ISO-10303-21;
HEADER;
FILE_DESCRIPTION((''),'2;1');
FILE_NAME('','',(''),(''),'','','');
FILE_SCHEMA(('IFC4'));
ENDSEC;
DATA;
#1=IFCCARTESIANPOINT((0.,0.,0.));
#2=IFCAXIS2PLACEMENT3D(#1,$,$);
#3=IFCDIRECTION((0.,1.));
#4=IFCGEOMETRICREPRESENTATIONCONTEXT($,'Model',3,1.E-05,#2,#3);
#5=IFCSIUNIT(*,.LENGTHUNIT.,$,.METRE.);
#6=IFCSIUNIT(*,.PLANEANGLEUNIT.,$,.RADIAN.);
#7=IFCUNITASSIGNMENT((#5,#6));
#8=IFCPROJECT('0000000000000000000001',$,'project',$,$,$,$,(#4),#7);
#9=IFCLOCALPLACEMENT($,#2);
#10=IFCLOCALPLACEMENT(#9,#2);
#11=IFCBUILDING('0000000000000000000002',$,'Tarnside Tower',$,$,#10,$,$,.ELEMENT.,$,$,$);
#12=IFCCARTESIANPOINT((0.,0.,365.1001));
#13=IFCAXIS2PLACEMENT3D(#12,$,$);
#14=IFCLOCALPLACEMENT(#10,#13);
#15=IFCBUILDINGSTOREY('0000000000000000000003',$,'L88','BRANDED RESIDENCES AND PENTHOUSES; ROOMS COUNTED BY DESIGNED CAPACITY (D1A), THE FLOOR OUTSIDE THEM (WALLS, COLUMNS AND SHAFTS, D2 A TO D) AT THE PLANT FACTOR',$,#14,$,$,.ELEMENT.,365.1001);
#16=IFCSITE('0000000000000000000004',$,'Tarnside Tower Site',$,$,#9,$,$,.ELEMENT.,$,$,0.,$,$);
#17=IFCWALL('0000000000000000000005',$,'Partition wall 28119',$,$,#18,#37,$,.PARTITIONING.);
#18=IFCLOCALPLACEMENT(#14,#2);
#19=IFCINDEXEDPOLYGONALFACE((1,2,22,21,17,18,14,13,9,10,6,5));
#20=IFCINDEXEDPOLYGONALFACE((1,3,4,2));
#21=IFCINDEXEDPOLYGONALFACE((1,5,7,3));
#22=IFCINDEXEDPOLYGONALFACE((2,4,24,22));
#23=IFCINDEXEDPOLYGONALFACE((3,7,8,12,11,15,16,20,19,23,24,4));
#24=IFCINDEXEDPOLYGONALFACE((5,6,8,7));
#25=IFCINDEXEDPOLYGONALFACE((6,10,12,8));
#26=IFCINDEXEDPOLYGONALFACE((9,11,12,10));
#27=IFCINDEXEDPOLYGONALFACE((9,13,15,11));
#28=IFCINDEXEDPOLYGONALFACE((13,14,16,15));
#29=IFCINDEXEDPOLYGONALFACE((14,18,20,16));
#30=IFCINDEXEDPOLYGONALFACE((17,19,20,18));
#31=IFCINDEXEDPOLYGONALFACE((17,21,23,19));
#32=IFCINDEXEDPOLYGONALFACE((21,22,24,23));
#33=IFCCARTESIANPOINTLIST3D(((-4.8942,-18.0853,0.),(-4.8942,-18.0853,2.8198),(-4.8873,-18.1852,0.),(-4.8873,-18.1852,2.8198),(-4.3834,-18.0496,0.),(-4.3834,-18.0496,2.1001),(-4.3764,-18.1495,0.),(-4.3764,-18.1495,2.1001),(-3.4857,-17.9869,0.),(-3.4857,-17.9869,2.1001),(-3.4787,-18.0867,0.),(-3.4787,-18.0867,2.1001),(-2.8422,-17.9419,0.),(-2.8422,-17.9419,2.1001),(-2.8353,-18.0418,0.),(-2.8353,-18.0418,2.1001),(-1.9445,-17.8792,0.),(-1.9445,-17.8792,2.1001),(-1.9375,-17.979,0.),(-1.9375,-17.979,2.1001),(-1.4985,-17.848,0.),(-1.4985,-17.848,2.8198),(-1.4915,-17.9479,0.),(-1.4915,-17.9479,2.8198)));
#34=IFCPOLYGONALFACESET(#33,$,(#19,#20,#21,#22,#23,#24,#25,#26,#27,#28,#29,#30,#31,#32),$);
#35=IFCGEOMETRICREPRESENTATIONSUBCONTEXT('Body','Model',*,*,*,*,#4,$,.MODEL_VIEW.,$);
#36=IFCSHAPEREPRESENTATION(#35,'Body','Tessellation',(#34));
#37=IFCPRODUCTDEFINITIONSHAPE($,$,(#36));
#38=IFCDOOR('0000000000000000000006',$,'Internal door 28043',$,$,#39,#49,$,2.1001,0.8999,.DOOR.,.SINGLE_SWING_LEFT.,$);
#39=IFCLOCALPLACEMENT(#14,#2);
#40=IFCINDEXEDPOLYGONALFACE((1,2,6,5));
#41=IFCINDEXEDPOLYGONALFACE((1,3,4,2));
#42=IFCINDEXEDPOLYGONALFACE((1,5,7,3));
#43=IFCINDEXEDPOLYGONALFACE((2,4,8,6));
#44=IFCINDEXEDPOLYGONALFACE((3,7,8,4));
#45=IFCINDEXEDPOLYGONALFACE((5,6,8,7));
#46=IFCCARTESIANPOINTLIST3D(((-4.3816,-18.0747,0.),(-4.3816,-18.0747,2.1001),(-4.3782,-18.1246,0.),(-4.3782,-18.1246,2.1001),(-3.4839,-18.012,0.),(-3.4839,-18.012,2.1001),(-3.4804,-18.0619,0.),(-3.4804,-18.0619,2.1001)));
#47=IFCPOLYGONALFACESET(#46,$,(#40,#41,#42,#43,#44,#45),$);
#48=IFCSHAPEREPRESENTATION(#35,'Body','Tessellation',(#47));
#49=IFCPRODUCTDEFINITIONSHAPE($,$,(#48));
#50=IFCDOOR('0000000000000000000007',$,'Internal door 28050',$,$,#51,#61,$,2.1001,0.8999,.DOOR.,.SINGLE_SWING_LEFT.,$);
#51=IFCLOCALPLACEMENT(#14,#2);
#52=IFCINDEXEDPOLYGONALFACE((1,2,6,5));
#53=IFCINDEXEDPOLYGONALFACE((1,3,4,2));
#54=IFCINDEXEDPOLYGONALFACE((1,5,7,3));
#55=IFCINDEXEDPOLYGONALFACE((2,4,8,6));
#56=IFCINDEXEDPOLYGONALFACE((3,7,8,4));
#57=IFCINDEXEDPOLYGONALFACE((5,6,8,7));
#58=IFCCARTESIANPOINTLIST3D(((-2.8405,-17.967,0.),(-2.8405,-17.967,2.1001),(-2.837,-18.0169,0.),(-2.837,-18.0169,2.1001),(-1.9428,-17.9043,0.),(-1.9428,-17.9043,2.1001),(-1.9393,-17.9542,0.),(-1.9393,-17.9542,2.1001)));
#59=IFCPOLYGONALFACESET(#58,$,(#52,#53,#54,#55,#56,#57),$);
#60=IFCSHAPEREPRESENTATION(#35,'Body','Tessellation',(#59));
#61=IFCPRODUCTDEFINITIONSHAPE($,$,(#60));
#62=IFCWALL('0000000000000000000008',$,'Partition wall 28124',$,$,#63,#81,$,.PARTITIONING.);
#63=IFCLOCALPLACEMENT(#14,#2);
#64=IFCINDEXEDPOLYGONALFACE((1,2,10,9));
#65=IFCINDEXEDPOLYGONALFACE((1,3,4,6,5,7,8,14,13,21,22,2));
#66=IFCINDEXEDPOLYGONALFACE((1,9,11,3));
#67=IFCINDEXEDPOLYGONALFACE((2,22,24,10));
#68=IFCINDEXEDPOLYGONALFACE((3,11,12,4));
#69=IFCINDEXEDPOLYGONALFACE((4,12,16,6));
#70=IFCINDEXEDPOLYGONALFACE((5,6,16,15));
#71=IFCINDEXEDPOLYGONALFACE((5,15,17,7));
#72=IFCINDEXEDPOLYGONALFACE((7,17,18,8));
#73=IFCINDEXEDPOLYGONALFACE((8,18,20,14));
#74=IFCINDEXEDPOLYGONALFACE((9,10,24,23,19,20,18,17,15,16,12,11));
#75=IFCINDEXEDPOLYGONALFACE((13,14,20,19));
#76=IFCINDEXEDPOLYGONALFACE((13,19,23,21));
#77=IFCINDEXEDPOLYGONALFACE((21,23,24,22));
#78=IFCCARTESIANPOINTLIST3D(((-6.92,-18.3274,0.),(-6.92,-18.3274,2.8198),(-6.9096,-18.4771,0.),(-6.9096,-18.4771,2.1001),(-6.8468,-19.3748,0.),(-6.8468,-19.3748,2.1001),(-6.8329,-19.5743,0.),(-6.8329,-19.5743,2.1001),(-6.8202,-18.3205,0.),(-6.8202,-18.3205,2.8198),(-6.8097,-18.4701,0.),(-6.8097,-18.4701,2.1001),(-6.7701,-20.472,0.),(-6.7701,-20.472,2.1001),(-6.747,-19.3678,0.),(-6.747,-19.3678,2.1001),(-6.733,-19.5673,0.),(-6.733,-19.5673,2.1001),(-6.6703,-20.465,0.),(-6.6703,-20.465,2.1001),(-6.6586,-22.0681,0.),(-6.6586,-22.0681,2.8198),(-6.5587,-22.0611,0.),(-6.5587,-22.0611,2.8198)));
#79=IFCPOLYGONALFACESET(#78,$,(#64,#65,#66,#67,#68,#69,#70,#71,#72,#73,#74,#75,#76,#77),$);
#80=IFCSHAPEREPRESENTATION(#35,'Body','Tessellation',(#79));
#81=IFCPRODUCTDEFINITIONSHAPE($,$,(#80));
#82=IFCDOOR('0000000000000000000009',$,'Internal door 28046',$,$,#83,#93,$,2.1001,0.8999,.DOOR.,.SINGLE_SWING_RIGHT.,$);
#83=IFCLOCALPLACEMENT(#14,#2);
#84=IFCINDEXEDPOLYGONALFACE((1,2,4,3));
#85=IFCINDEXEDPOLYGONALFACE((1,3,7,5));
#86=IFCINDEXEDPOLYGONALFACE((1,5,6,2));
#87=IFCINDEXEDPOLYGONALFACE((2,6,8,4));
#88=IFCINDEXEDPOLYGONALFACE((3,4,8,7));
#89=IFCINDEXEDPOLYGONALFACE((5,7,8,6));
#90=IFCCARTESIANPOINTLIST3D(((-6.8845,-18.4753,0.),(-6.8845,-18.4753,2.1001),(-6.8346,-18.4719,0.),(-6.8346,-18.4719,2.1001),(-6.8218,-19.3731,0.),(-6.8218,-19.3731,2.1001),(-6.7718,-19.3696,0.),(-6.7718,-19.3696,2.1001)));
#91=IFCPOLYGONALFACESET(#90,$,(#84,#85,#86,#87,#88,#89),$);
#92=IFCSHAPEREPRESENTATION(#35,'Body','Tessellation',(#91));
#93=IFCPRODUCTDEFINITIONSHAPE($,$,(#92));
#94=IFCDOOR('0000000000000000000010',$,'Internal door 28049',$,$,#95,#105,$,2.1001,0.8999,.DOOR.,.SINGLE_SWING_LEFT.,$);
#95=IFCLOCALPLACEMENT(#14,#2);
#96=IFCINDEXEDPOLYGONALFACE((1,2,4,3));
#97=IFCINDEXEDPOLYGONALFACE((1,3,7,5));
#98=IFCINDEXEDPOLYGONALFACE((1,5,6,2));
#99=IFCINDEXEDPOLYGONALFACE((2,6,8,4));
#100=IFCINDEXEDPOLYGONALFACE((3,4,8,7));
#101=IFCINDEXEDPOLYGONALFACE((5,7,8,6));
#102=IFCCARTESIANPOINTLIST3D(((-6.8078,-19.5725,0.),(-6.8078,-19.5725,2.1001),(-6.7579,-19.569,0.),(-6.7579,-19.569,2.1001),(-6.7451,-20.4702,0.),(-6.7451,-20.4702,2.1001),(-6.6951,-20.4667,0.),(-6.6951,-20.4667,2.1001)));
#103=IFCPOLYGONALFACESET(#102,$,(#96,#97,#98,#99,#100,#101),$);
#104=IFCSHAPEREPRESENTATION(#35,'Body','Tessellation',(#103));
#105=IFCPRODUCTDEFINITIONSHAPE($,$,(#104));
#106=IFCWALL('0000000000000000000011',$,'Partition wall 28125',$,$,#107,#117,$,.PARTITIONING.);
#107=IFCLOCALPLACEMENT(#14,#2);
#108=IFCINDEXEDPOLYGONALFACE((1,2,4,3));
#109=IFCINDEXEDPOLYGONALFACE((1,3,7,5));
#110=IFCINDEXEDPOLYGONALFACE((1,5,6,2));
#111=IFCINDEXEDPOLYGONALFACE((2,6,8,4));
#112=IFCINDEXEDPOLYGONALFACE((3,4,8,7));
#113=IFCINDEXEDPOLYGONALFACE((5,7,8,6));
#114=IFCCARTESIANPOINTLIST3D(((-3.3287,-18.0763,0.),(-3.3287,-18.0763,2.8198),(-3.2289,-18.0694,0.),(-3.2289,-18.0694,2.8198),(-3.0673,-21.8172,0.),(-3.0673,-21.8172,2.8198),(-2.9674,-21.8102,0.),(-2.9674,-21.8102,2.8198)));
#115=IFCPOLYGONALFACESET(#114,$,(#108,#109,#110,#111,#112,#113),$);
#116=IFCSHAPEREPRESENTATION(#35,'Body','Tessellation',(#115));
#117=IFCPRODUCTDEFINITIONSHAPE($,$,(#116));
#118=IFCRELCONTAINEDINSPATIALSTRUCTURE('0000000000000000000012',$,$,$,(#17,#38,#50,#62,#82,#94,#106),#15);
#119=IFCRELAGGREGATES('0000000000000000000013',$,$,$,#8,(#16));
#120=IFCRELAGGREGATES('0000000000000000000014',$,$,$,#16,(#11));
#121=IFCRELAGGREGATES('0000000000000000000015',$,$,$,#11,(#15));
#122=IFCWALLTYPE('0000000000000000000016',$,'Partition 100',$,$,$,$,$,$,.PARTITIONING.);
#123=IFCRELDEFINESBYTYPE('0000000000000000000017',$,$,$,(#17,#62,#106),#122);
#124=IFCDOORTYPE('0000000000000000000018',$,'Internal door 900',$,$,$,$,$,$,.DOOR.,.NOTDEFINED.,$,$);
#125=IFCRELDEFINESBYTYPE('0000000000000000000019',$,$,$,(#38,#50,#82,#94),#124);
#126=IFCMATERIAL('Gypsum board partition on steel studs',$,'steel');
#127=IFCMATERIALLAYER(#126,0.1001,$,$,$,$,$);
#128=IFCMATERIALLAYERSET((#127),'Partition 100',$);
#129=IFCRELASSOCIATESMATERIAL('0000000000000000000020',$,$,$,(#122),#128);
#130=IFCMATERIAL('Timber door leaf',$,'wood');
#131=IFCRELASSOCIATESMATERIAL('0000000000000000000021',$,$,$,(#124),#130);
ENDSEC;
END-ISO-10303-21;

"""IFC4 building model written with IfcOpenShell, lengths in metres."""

from ifc_helpers import new_model, si_unit, direction, frame, frame_2d, origin, place, context, subcontext, project, spatial, rectangle, extrude, material, layer, layer_set, type_object, element, fill, save


model = new_model("IFC4")

# Units and contexts
model_context = context("Model", 3, precision=1e-05, world=origin(), true_north=direction((0.0, 1.0)))
body_context = subcontext(model_context, "Body", "Model", "MODEL_VIEW")
ifc_project = project(units=[si_unit("LENGTHUNIT", "METRE"), si_unit("PLANEANGLEUNIT", "RADIAN")], contexts=[model_context])

# Site, building, storey
site_placement = place(None, origin())
site = spatial("IfcSite", under=ifc_project, at=site_placement, Name="Tarnside Tower Site", CompositionType="ELEMENT", RefElevation=0.0)
building_placement = place(site_placement, origin())
building = spatial("IfcBuilding", under=site, at=building_placement, Name="Tarnside Tower", CompositionType="ELEMENT")
storey_placement = place(building_placement, frame((0.0, 0.0, 365.1001)))
storey = spatial("IfcBuildingStorey", under=building, at=storey_placement, Name="L88", Description="BRANDED RESIDENCES AND PENTHOUSES; ROOMS COUNTED BY DESIGNED CAPACITY (D1A), THE FLOOR OUTSIDE THEM (WALLS, COLUMNS AND SHAFTS, D2 A TO D) AT THE PLANT FACTOR", CompositionType="ELEMENT", Elevation=365.1001)

# Shared definitions
ifc_material_1 = material(Name="Gypsum board partition on steel studs", Category="steel")

# Walls, openings, doors
ifc_layer_1 = layer(ifc_material_1, 0.1001)
ifc_layer_set_1 = layer_set([ifc_layer_1], Name="Partition 100")
wall_type_1 = type_object("IfcWallType", Name="Partition 100", PredefinedType="PARTITIONING", material=ifc_layer_set_1)
wall_1_placement = place(storey_placement, frame((-4.8909, -18.1353, 0.0), z_axis=(0.0, 0.0, 1.0), x_axis=(0.997567, 0.069713, 0.0)))
wall_1 = element("IfcWall", 1, at=wall_1_placement, inside=storey, type_object=wall_type_1, Name="Partition wall 28119", PredefinedType="PARTITIONING", context=body_context, shape_type="SweptSolid", body=[
    extrude(rectangle(XDim=3.4041, YDim=0.1001, at=frame_2d((1.7021, 0.0))), origin(), (0.0, 0.0, 1.0), 2.8198),
])
opening_1_placement = place(wall_1_placement, frame((0.5122, 0.0, 0.0)))
opening_1 = element("IfcOpeningElement", 2, at=opening_1_placement, cuts=wall_1, PredefinedType="OPENING", context=body_context, shape_type="SweptSolid", body=[
    extrude(rectangle(XDim=0.8999, YDim=2.1001, at=frame_2d((0.45, 1.05))), frame((0.0, 0.0601, 0.0), z_axis=(0.0, -1.0, 0.0), x_axis=(1.0, 0.0, 0.0)), (0.0, 0.0, 1.0), 0.1201),
])
opening_2_placement = place(wall_1_placement, frame((2.0571, 0.0, 0.0)))
opening_2 = element("IfcOpeningElement", 3, at=opening_2_placement, cuts=wall_1, PredefinedType="OPENING", context=body_context, shape_type="SweptSolid", body=[
    extrude(rectangle(XDim=0.8999, YDim=2.1001, at=frame_2d((0.45, 1.05))), frame((0.0, 0.0601, 0.0), z_axis=(0.0, -1.0, 0.0), x_axis=(1.0, 0.0, 0.0)), (0.0, 0.0, 1.0), 0.1201),
])
ifc_material_2 = material(Name="Timber door leaf", Category="wood")
door_type = type_object("IfcDoorType", Name="Internal door 900", OperationType="NOTDEFINED", PredefinedType="DOOR", material=ifc_material_2)
door_1_placement = place(opening_1_placement, origin())
door_1 = element("IfcDoor", 4, at=door_1_placement, inside=storey, type_object=door_type, Name="Internal door 28043", OperationType="SINGLE_SWING_LEFT", OverallHeight=2.1001, OverallWidth=0.8999, PredefinedType="DOOR", context=body_context, shape_type="SweptSolid", body=[
    extrude(rectangle(XDim=0.8999, YDim=2.1001, at=frame_2d((0.45, 1.05))), frame((0.0, 0.0249, 0.0), z_axis=(0.0, -1.0, 0.0), x_axis=(1.0, 0.0, 0.0)), (0.0, 0.0, 1.0), 0.05),
])
fill(opening_1, door_1)
door_2_placement = place(opening_2_placement, origin())
door_2 = element("IfcDoor", 5, at=door_2_placement, inside=storey, type_object=door_type, Name="Internal door 28050", OperationType="SINGLE_SWING_LEFT", OverallHeight=2.1001, OverallWidth=0.8999, PredefinedType="DOOR", context=body_context, shape_type="SweptSolid", body=[
    extrude(rectangle(XDim=0.8999, YDim=2.1001, at=frame_2d((0.45, 1.05))), frame((0.0, 0.0249, 0.0), z_axis=(0.0, -1.0, 0.0), x_axis=(1.0, 0.0, 0.0)), (0.0, 0.0, 1.0), 0.05),
])
fill(opening_2, door_2)
wall_2_placement = place(storey_placement, frame((-6.6086, -22.0647, 0.0), z_axis=(0.0, 0.0, 1.0), x_axis=(-0.069729, 0.997566, 0.0)))
wall_2 = element("IfcWall", 6, at=wall_2_placement, inside=storey, type_object=wall_type_1, Name="Partition wall 28124", PredefinedType="PARTITIONING", context=body_context, shape_type="SweptSolid", body=[
    extrude(rectangle(XDim=3.7498, YDim=0.1001, at=frame_2d((1.875, 0.0))), origin(), (0.0, 0.0, 1.0), 2.8198),
])
opening_3_placement = place(wall_2_placement, frame((2.7, 0.0, 0.0)))
opening_3 = element("IfcOpeningElement", 7, at=opening_3_placement, cuts=wall_2, PredefinedType="OPENING", context=body_context, shape_type="SweptSolid", body=[
    extrude(rectangle(XDim=0.8999, YDim=2.1001, at=frame_2d((0.45, 1.05))), frame((0.0, 0.0601, 0.0), z_axis=(0.0, -1.0, 0.0), x_axis=(1.0, 0.0, 0.0)), (0.0, 0.0, 1.0), 0.1201),
])
opening_4_placement = place(wall_2_placement, frame((1.6001, 0.0, 0.0)))
opening_4 = element("IfcOpeningElement", 8, at=opening_4_placement, cuts=wall_2, PredefinedType="OPENING", context=body_context, shape_type="SweptSolid", body=[
    extrude(rectangle(XDim=0.8999, YDim=2.1001, at=frame_2d((0.45, 1.05))), frame((0.0, 0.0601, 0.0), z_axis=(0.0, -1.0, 0.0), x_axis=(1.0, 0.0, 0.0)), (0.0, 0.0, 1.0), 0.1201),
])
door_3_placement = place(opening_3_placement, origin())
door_3 = element("IfcDoor", 9, at=door_3_placement, inside=storey, type_object=door_type, Name="Internal door 28046", OperationType="SINGLE_SWING_RIGHT", OverallHeight=2.1001, OverallWidth=0.8999, PredefinedType="DOOR", context=body_context, shape_type="SweptSolid", body=[
    extrude(rectangle(XDim=0.8999, YDim=2.1001, at=frame_2d((0.45, 1.05))), frame((0.0, 0.0249, 0.0), z_axis=(0.0, -1.0, 0.0), x_axis=(1.0, 0.0, 0.0)), (0.0, 0.0, 1.0), 0.05),
])
fill(opening_3, door_3)
door_4_placement = place(opening_4_placement, origin())
door_4 = element("IfcDoor", 10, at=door_4_placement, inside=storey, type_object=door_type, Name="Internal door 28049", OperationType="SINGLE_SWING_LEFT", OverallHeight=2.1001, OverallWidth=0.8999, PredefinedType="DOOR", context=body_context, shape_type="SweptSolid", body=[
    extrude(rectangle(XDim=0.8999, YDim=2.1001, at=frame_2d((0.45, 1.05))), frame((0.0, 0.0249, 0.0), z_axis=(0.0, -1.0, 0.0), x_axis=(1.0, 0.0, 0.0)), (0.0, 0.0, 1.0), 0.05),
])
fill(opening_4, door_4)

# Wall
wall_3_placement = place(storey_placement, frame((-3.0173, -21.8137, 0.0), z_axis=(0.0, 0.0, 1.0), x_axis=(-0.069725, 0.997566, 0.0)))
element("IfcWall", 11, at=wall_3_placement, inside=storey, type_object=wall_type_1, Name="Partition wall 28125", PredefinedType="PARTITIONING", context=body_context, shape_type="SweptSolid", body=[
    extrude(rectangle(XDim=3.75, YDim=0.1001, at=frame_2d((1.875, 0.0))), origin(), (0.0, 0.0, 1.0), 2.8198),
])

save(model, "model.ifc")
